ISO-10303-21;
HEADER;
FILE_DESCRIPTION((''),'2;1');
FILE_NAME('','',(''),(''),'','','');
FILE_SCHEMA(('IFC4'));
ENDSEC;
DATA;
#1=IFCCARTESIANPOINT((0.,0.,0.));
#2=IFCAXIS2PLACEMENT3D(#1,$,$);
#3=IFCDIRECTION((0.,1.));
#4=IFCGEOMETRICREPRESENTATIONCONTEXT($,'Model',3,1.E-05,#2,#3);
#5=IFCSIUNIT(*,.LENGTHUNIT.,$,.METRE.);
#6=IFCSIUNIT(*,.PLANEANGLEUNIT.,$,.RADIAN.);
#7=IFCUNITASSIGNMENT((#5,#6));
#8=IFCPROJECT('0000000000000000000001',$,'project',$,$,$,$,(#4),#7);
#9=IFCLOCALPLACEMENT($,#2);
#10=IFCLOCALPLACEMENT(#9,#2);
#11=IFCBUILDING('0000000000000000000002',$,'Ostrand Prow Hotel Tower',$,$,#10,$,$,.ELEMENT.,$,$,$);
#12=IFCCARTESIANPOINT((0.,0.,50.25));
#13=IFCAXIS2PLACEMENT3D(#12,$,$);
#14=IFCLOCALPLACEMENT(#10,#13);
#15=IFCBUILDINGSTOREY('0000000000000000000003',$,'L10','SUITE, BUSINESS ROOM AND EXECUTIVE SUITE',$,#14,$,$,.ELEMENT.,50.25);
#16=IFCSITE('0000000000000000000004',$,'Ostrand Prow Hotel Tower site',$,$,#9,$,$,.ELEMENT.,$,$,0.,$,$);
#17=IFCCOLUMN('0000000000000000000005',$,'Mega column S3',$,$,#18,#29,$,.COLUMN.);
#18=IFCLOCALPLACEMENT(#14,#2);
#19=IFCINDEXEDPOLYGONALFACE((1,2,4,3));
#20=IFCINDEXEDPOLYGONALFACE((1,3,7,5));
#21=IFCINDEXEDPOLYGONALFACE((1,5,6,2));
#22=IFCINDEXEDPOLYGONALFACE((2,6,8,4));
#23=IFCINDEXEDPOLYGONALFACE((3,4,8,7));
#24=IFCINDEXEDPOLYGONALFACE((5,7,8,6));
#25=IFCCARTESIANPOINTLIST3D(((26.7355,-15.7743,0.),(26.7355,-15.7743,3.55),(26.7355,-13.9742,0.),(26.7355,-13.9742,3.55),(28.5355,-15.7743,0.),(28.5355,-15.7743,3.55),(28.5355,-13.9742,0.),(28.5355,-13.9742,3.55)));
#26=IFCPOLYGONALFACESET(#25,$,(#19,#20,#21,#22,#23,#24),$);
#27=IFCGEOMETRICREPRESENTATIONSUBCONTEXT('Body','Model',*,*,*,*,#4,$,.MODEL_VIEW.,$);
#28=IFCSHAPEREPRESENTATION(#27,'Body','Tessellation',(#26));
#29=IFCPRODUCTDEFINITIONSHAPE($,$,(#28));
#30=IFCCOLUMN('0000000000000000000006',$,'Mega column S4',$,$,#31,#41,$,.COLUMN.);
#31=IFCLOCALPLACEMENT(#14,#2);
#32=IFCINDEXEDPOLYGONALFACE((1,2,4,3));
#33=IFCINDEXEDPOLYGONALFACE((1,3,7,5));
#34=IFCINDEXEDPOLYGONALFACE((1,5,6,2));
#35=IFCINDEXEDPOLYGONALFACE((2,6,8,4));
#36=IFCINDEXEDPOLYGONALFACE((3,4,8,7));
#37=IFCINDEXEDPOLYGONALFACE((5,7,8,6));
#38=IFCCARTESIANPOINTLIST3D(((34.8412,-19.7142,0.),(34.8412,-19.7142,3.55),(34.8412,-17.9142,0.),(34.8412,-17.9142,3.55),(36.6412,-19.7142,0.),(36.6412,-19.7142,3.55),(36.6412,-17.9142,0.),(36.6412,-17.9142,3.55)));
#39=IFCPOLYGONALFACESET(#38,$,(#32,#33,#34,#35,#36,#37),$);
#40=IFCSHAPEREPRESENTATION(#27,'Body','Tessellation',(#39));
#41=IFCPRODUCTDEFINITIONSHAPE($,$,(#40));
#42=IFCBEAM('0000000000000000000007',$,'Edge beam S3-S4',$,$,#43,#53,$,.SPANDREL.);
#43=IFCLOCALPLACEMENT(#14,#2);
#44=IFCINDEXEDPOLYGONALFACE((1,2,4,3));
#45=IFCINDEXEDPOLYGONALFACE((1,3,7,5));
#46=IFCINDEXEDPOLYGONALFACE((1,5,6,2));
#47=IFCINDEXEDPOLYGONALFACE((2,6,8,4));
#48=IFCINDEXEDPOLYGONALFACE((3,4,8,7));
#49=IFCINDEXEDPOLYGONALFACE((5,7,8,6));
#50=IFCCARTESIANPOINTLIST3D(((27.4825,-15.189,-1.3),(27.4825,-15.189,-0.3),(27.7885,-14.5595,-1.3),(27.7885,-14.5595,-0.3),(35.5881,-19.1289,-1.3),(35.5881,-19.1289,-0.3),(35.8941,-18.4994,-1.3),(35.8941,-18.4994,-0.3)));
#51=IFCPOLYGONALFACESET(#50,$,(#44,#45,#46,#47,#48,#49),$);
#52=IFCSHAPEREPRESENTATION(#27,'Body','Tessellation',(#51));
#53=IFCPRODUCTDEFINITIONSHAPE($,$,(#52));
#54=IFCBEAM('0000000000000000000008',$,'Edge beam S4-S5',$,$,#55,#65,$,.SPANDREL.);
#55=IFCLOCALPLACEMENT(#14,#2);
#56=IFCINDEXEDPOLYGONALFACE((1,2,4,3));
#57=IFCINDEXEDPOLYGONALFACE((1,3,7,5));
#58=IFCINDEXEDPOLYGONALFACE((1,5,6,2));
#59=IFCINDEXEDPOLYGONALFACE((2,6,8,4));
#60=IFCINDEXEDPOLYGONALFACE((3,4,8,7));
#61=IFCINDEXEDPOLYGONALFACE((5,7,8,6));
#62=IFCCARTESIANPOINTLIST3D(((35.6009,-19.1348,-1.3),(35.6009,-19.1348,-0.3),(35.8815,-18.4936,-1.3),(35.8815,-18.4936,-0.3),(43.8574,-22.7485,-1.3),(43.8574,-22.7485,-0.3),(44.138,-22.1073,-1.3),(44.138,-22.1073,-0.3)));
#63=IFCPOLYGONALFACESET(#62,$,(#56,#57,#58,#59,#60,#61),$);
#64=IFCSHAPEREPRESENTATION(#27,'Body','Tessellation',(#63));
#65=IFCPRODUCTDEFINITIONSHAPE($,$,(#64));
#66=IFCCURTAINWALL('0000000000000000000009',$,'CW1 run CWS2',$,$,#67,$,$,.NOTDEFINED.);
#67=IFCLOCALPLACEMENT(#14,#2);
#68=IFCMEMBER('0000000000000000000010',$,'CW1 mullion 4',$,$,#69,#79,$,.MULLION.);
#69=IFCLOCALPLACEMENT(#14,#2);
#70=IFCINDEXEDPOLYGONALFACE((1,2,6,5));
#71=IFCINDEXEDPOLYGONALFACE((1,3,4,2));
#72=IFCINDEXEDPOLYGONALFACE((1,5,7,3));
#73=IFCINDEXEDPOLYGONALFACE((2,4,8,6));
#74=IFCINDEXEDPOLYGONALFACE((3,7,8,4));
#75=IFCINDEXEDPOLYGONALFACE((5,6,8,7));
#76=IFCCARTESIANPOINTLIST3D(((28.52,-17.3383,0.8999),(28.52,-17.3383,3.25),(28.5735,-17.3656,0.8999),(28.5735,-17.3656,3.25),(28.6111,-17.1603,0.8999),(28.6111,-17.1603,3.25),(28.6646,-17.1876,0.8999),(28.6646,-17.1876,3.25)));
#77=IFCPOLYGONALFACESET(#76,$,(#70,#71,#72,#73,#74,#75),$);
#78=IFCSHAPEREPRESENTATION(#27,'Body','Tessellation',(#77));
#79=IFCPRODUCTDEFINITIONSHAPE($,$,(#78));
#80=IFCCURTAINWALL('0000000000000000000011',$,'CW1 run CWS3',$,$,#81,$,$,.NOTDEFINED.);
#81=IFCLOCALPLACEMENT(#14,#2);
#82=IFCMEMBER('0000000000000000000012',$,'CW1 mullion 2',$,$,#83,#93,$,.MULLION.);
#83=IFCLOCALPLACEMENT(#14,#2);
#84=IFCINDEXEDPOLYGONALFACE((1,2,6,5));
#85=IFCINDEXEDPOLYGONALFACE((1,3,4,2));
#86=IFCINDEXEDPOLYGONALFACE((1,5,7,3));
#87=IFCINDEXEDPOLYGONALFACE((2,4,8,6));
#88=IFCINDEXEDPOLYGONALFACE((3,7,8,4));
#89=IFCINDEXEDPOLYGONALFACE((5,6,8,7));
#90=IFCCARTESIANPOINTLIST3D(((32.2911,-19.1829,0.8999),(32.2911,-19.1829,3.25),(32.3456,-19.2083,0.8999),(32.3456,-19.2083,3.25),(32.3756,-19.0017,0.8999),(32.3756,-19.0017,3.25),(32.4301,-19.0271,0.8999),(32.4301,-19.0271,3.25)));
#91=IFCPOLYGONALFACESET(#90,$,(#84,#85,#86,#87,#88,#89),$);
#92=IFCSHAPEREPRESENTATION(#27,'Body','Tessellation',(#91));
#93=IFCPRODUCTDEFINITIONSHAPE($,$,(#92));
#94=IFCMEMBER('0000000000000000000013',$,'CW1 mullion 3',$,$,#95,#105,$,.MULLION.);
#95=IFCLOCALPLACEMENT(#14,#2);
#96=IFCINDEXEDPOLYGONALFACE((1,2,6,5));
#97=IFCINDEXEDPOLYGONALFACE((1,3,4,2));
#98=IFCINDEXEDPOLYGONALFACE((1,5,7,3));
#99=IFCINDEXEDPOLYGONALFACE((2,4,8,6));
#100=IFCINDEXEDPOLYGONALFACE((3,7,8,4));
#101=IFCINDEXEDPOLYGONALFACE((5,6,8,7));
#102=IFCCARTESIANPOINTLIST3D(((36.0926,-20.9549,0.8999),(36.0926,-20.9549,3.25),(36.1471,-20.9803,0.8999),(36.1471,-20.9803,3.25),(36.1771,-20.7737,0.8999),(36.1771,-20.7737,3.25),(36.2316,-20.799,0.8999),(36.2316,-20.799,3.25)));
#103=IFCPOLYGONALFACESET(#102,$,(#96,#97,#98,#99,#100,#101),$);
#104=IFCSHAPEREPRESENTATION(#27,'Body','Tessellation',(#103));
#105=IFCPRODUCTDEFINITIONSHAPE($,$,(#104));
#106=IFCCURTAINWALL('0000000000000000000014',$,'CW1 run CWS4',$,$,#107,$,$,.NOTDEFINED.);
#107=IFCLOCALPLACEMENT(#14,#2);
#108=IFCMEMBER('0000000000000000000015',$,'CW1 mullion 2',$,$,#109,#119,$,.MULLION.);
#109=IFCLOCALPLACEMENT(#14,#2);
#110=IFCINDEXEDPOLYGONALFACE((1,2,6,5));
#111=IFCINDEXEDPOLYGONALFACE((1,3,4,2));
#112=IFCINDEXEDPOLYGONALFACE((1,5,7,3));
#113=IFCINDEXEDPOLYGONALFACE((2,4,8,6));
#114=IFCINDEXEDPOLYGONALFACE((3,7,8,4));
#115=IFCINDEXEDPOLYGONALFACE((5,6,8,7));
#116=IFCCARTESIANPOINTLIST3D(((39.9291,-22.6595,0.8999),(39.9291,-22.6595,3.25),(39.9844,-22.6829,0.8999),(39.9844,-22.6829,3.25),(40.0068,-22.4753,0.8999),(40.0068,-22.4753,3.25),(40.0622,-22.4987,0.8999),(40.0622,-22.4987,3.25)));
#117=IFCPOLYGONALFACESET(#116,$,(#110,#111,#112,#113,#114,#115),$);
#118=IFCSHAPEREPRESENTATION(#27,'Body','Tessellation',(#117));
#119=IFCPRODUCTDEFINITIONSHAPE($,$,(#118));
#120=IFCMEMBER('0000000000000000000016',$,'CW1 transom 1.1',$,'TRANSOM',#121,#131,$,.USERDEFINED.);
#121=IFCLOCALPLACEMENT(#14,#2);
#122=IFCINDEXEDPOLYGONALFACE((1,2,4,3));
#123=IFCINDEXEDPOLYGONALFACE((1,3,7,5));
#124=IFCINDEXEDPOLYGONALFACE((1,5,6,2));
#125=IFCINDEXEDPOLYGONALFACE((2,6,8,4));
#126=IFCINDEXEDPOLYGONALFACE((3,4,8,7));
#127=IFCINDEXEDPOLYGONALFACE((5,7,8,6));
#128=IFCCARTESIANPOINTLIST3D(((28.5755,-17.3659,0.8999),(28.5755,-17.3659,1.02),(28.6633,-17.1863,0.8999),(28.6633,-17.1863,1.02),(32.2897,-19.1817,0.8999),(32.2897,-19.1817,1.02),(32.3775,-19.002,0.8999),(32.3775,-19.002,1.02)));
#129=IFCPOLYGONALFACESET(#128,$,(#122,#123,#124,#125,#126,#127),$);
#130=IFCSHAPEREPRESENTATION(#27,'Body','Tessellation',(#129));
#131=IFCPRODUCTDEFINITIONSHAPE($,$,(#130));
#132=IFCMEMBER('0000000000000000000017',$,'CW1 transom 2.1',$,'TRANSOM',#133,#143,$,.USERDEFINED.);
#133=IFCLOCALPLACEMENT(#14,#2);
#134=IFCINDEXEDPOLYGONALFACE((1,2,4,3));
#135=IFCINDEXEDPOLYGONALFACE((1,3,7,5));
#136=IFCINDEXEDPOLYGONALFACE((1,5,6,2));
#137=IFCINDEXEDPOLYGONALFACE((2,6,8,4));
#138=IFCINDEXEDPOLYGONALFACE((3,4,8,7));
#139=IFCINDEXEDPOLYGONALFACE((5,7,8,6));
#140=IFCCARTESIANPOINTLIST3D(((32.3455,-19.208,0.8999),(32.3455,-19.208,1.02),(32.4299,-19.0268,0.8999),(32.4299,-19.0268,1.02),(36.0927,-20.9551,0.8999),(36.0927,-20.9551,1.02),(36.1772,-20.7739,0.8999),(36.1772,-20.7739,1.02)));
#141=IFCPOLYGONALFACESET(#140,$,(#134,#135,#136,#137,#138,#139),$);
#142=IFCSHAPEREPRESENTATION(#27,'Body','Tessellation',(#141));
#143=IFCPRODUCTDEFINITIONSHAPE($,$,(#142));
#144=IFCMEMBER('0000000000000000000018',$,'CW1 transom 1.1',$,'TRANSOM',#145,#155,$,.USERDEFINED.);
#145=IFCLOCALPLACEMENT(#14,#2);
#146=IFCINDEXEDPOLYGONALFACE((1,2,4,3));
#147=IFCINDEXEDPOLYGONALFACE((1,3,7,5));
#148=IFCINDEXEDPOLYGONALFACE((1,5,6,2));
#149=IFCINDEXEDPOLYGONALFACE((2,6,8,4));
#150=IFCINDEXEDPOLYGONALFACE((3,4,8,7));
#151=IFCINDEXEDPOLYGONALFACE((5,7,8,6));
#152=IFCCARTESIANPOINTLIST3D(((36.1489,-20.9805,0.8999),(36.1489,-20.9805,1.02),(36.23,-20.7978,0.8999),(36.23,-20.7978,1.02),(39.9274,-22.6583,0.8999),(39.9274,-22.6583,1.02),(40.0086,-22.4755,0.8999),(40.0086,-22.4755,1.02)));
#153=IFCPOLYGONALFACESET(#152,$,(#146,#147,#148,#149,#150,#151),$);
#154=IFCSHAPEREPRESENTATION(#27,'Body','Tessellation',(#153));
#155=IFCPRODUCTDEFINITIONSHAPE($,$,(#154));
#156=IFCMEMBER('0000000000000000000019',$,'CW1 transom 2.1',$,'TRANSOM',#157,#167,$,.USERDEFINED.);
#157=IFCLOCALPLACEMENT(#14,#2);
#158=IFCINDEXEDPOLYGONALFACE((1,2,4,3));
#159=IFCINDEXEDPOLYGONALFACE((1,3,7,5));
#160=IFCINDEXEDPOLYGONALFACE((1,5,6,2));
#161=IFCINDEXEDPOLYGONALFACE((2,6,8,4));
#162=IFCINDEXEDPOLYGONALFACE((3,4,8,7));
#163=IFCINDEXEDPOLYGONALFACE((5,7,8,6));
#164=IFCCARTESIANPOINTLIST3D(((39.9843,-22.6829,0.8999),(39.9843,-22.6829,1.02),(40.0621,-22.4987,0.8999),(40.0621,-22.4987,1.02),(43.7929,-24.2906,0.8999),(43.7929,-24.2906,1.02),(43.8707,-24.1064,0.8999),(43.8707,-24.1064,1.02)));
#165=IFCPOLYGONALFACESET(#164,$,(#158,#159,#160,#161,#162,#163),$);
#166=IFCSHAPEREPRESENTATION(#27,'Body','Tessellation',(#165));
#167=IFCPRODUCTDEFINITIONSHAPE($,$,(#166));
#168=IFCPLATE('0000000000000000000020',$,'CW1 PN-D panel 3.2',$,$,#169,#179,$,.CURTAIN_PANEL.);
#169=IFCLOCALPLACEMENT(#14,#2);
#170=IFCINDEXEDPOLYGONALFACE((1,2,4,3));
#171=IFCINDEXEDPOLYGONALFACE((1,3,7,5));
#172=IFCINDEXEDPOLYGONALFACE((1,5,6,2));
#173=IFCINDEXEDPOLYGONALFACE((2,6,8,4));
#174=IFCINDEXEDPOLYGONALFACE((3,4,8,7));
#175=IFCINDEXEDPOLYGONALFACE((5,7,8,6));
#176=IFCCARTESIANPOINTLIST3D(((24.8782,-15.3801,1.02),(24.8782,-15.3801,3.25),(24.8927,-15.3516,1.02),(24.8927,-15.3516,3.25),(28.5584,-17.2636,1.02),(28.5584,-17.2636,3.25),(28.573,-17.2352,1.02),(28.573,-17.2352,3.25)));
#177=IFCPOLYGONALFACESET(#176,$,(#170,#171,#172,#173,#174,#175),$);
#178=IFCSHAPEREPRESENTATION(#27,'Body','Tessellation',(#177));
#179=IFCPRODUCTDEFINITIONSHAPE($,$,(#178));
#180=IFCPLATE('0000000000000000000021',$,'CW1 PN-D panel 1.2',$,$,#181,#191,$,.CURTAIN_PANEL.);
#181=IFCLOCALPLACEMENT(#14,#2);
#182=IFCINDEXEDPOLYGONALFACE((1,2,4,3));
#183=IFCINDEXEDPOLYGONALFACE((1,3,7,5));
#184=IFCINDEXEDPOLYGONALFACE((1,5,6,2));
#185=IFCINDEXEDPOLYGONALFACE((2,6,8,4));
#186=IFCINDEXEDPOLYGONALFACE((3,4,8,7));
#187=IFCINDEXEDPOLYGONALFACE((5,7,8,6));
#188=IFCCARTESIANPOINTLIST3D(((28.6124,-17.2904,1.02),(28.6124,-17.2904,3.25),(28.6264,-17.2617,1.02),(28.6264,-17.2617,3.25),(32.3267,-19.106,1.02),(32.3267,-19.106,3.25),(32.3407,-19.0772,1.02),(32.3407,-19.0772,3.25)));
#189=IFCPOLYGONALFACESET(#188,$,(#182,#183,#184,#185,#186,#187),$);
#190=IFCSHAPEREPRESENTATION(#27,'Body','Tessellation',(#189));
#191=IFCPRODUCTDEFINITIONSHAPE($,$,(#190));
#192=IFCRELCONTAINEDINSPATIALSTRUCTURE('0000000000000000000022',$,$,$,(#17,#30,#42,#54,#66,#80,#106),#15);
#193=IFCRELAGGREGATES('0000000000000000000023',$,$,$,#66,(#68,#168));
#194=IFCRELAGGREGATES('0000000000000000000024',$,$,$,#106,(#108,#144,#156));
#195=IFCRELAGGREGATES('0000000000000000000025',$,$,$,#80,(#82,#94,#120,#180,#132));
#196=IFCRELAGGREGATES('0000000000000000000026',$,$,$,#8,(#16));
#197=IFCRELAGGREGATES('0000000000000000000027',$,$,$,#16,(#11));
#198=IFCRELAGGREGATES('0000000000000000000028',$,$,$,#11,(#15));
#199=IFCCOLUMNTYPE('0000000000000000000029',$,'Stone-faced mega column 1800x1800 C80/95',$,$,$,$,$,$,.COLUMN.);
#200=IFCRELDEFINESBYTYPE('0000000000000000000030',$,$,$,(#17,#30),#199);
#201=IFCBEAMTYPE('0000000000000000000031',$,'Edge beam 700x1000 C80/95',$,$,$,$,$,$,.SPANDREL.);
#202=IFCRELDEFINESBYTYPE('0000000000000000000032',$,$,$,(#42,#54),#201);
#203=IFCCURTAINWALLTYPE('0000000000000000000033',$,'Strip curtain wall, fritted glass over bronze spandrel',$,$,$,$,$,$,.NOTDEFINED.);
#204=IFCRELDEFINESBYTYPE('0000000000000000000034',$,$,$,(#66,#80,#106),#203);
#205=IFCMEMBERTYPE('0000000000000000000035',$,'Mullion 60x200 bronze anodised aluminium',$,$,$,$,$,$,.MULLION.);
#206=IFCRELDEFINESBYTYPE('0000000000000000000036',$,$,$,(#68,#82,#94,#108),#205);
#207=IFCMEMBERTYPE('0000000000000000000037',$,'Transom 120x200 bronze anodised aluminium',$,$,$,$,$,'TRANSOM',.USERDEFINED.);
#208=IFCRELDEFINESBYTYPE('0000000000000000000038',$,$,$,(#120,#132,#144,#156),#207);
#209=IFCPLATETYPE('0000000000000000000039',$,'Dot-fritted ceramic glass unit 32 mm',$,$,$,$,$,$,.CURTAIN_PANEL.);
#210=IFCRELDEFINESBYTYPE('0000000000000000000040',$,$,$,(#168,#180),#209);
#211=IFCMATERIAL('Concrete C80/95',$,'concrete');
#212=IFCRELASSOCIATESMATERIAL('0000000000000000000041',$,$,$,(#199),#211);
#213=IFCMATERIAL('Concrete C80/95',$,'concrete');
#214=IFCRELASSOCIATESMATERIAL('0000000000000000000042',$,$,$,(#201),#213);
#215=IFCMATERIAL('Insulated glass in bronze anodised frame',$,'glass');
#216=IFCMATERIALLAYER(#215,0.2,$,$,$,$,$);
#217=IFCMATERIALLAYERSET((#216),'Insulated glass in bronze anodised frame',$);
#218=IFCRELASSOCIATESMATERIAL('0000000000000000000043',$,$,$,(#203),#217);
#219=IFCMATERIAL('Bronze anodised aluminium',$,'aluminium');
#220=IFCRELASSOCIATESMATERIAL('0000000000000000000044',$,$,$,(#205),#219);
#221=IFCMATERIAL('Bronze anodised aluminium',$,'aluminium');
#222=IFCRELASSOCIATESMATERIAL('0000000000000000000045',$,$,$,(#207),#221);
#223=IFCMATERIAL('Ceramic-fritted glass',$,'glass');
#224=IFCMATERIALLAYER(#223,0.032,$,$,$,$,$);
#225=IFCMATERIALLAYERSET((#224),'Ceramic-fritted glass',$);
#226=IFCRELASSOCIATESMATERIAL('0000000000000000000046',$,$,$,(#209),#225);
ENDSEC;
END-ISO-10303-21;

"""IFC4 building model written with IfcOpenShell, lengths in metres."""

from ifc_helpers import new_model, si_unit, direction, frame, origin, origin_2d, place, context, subcontext, project, spatial, rectangle, extrude, material, layer, layer_set, material_profile, profile_set, type_object, element, aggregate, save


model = new_model("IFC4")

# Units and contexts
model_context = context("Model", 3, precision=1e-05, world=origin(), true_north=direction((0.0, 1.0)))
body_context = subcontext(model_context, "Body", "Model", "MODEL_VIEW")
ifc_project = project(units=[si_unit("LENGTHUNIT", "METRE"), si_unit("PLANEANGLEUNIT", "RADIAN")], contexts=[model_context])

# Site, building, storey
site_placement = place(None, origin())
site = spatial("IfcSite", under=ifc_project, at=site_placement, Name="Ostrand Prow Hotel Tower site", CompositionType="ELEMENT", RefElevation=0.0)
building_placement = place(site_placement, origin())
building = spatial("IfcBuilding", under=site, at=building_placement, Name="Ostrand Prow Hotel Tower", CompositionType="ELEMENT")
storey_placement = place(building_placement, frame((0.0, 0.0, 50.25)))
storey = spatial("IfcBuildingStorey", under=building, at=storey_placement, Name="L10", Description="SUITE, BUSINESS ROOM AND EXECUTIVE SUITE", CompositionType="ELEMENT", Elevation=50.25)

# Columns
ifc_material_1 = material(Name="Concrete C80/95", Category="concrete")
ifc_material_profile_1 = material_profile(ifc_material_1, rectangle(XDim=1.8, YDim=1.8, at=origin_2d()), Name="RC 1800x1800")
ifc_profile_set_1 = profile_set([ifc_material_profile_1], Name="Concrete C80/95")
column_type = type_object("IfcColumnType", Name="Stone-faced mega column 1800x1800 C80/95", PredefinedType="COLUMN", material=ifc_profile_set_1)
for number, where, z_axis, x_axis, name in (
    (1, (27.6355, -14.8743, 0.0), (0.0, 0.0, 1.0), (1.0, 0.0, 0.0), "Mega column S3"),
    (2, (35.7412, -18.8142, 0.0), (0.0, 0.0, 1.0), (1.0, 0.0, 0.0), "Mega column S4"),
):
    element("IfcColumn", number, at=place(storey_placement, frame(where, z_axis=z_axis, x_axis=x_axis)), inside=storey, type_object=column_type, Name=name, PredefinedType="COLUMN", context=body_context, shape_type="SweptSolid", body=[
        extrude(rectangle(XDim=1.8, YDim=1.8, at=origin_2d()), origin(), (0.0, 0.0, 1.0), 3.55),
    ])

# Beams
ifc_material_2 = material(Name="Concrete C80/95", Category="concrete")
ifc_material_profile_2 = material_profile(ifc_material_2, rectangle(XDim=0.7, YDim=1.0, at=origin_2d()), Name="RC 700x1000")
ifc_profile_set_2 = profile_set([ifc_material_profile_2], Name="Concrete C80/95")
beam_type = type_object("IfcBeamType", Name="Edge beam 700x1000 C80/95", PredefinedType="SPANDREL", material=ifc_profile_set_2)
beam_1_placement = place(storey_placement, frame((27.6355, -14.8743, -0.8), z_axis=(0.899382, -0.437163, 0.0), x_axis=(0.437163, 0.899382, 0.0)))
element("IfcBeam", 3, at=beam_1_placement, inside=storey, type_object=beam_type, Name="Edge beam S3-S4", PredefinedType="SPANDREL", context=body_context, shape_type="SweptSolid", body=[
    extrude(rectangle(XDim=0.7, YDim=1.0, at=origin_2d()), origin(), (0.0, 0.0, 1.0), 9.0125),
])
beam_2_placement = place(storey_placement, frame((35.7412, -18.8142, -0.8), z_axis=(0.916096, -0.40096, 0.0), x_axis=(0.40096, 0.916096, 0.0)))
element("IfcBeam", 4, at=beam_2_placement, inside=storey, type_object=beam_type, Name="Edge beam S4-S5", PredefinedType="SPANDREL", context=body_context, shape_type="SweptSolid", body=[
    extrude(rectangle(XDim=0.7, YDim=1.0, at=origin_2d()), origin(), (0.0, 0.0, 1.0), 9.0127),
])

# Curtain wall, member
ifc_material_3 = material(Name="Insulated glass in bronze anodised frame", Category="glass")
ifc_layer_1 = layer(ifc_material_3, 0.2)
ifc_layer_set_1 = layer_set([ifc_layer_1], Name="Insulated glass in bronze anodised frame")
curtain_wall_type = type_object("IfcCurtainWallType", Name="Strip curtain wall, fritted glass over bronze spandrel", PredefinedType="NOTDEFINED", material=ifc_layer_set_1)
curtain_wall_1_placement = place(storey_placement, origin())
curtain_wall_1 = element("IfcCurtainWall", 5, at=curtain_wall_1_placement, inside=storey, type_object=curtain_wall_type, Name="CW1 run CWS2", PredefinedType="NOTDEFINED")
ifc_material_4 = material(Name="Bronze anodised aluminium", Category="aluminium")
ifc_material_profile_3 = material_profile(ifc_material_4, rectangle(XDim=0.2, YDim=0.0601, at=origin_2d()), Name="Mullion 60x200 bronze anodised aluminium")
ifc_profile_set_3 = profile_set([ifc_material_profile_3], Name="Bronze anodised aluminium")
member_type_1 = type_object("IfcMemberType", Name="Mullion 60x200 bronze anodised aluminium", PredefinedType="MULLION", material=ifc_profile_set_3)
member_1_placement = place(storey_placement, frame((28.5923, -17.2629, 0.8999), z_axis=(0.0, 0.0, 1.0), x_axis=(0.455596, 0.890187, 0.0)))
member_1 = element("IfcMember", 6, at=member_1_placement, type_object=member_type_1, Name="CW1 mullion 4", PredefinedType="MULLION", context=body_context, shape_type="SweptSolid", body=[
    extrude(rectangle(XDim=0.2, YDim=0.0601, at=origin_2d()), origin(), (0.0, 0.0, 1.0), 2.3501),
])

# Curtain wall, members
curtain_wall_2_placement = place(storey_placement, origin())
curtain_wall_2 = element("IfcCurtainWall", 7, at=curtain_wall_2_placement, inside=storey, type_object=curtain_wall_type, Name="CW1 run CWS3", PredefinedType="NOTDEFINED")
member_2_placement = place(storey_placement, frame((32.3606, -19.105, 0.8999), z_axis=(0.0, 0.0, 1.0), x_axis=(0.42253, 0.906349, 0.0)))
member_2 = element("IfcMember", 8, at=member_2_placement, type_object=member_type_1, Name="CW1 mullion 2", PredefinedType="MULLION", context=body_context, shape_type="SweptSolid", body=[
    extrude(rectangle(XDim=0.2, YDim=0.0601, at=origin_2d()), origin(), (0.0, 0.0, 1.0), 2.3501),
])
member_3_placement = place(storey_placement, frame((36.1621, -20.877, 0.8999), z_axis=(0.0, 0.0, 1.0), x_axis=(0.42253, 0.906349, 0.0)))
member_3 = element("IfcMember", 9, at=member_3_placement, type_object=member_type_1, Name="CW1 mullion 3", PredefinedType="MULLION", context=body_context, shape_type="SweptSolid", body=[
    extrude(rectangle(XDim=0.2, YDim=0.0601, at=origin_2d()), origin(), (0.0, 0.0, 1.0), 2.3501),
])

# Curtain wall, member
curtain_wall_3_placement = place(storey_placement, origin())
curtain_wall_3 = element("IfcCurtainWall", 10, at=curtain_wall_3_placement, inside=storey, type_object=curtain_wall_type, Name="CW1 run CWS4", PredefinedType="NOTDEFINED")
member_4_placement = place(storey_placement, frame((39.9956, -22.5791, 0.8999), z_axis=(0.0, 0.0, 1.0), x_axis=(0.388892, 0.921283, 0.0)))
member_4 = element("IfcMember", 11, at=member_4_placement, type_object=member_type_1, Name="CW1 mullion 2", PredefinedType="MULLION", context=body_context, shape_type="SweptSolid", body=[
    extrude(rectangle(XDim=0.2, YDim=0.0601, at=origin_2d()), origin(), (0.0, 0.0, 1.0), 2.3501),
])

# Members
ifc_material_5 = material(Name="Bronze anodised aluminium", Category="aluminium")
ifc_material_profile_4 = material_profile(ifc_material_5, rectangle(XDim=0.2, YDim=0.1201, at=origin_2d()), Name="Transom 120x200 bronze anodised aluminium")
ifc_profile_set_4 = profile_set([ifc_material_profile_4], Name="Bronze anodised aluminium")
member_type_2 = type_object("IfcMemberType", Name="Transom 120x200 bronze anodised aluminium", ElementType="TRANSOM", PredefinedType="USERDEFINED", material=ifc_profile_set_4)
member_5_placement = place(storey_placement, frame((28.6194, -17.2761, 0.96), z_axis=(0.898395, -0.439188, 0.0), x_axis=(0.439188, 0.898395, 0.0)))
member_5 = element("IfcMember", 12, at=member_5_placement, type_object=member_type_2, Name="CW1 transom 1.1", ObjectType="TRANSOM", PredefinedType="USERDEFINED", context=body_context, shape_type="SweptSolid", body=[
    extrude(rectangle(XDim=0.2, YDim=0.1201, at=origin_2d()), origin(), (0.0, 0.0, 1.0), 4.1343),
])
member_6_placement = place(storey_placement, frame((32.3877, -19.1174, 0.96), z_axis=(0.906338, -0.422552, 0.0), x_axis=(0.422552, 0.906338, 0.0)))
member_6 = element("IfcMember", 13, at=member_6_placement, type_object=member_type_2, Name="CW1 transom 2.1", ObjectType="TRANSOM", PredefinedType="USERDEFINED", context=body_context, shape_type="SweptSolid", body=[
    extrude(rectangle(XDim=0.2, YDim=0.1201, at=origin_2d()), origin(), (0.0, 0.0, 1.0), 4.1345),
])
member_7_placement = place(storey_placement, frame((36.1895, -20.8892, 0.96), z_axis=(0.913958, -0.40581, 0.0), x_axis=(0.40581, 0.913958, 0.0)))
member_7 = element("IfcMember", 14, at=member_7_placement, type_object=member_type_2, Name="CW1 transom 1.1", ObjectType="TRANSOM", PredefinedType="USERDEFINED", context=body_context, shape_type="SweptSolid", body=[
    extrude(rectangle(XDim=0.2, YDim=0.1201, at=origin_2d()), origin(), (0.0, 0.0, 1.0), 4.1343),
])
member_8_placement = place(storey_placement, frame((40.0232, -22.5908, 0.96), z_axis=(0.921285, -0.388888, 0.0), x_axis=(0.388888, 0.921285, 0.0)))
member_8 = element("IfcMember", 15, at=member_8_placement, type_object=member_type_2, Name="CW1 transom 2.1", ObjectType="TRANSOM", PredefinedType="USERDEFINED", context=body_context, shape_type="SweptSolid", body=[
    extrude(rectangle(XDim=0.2, YDim=0.1201, at=origin_2d()), origin(), (0.0, 0.0, 1.0), 4.134),
])

# Plates
ifc_material_6 = material(Name="Ceramic-fritted glass", Category="glass")
ifc_layer_2 = layer(ifc_material_6, 0.032)
ifc_layer_set_2 = layer_set([ifc_layer_2], Name="Ceramic-fritted glass")
plate_type_1 = type_object("IfcPlateType", Name="Dot-fritted ceramic glass unit 32 mm", PredefinedType="CURTAIN_PANEL", material=ifc_layer_set_2)
plate_1_placement = place(storey_placement, frame((26.7256, -16.3076, 1.02), z_axis=(0.0, 0.0, 1.0), x_axis=(0.890187, -0.455596, 0.0)))
plate_1 = element("IfcPlate", 16, at=plate_1_placement, type_object=plate_type_1, Name="CW1 PN-D panel 3.2", PredefinedType="CURTAIN_PANEL", context=body_context, shape_type="SweptSolid", body=[
    extrude(rectangle(XDim=4.1343, YDim=0.032, at=origin_2d()), origin(), (0.0, 0.0, 1.0), 2.23),
])
aggregate(curtain_wall_1, [member_1, plate_1])
plate_2_placement = place(storey_placement, frame((30.4766, -18.1838, 1.02), z_axis=(0.0, 0.0, 1.0), x_axis=(0.89842, -0.439138, 0.0)))
plate_2 = element("IfcPlate", 17, at=plate_2_placement, type_object=plate_type_1, Name="CW1 PN-D panel 1.2", PredefinedType="CURTAIN_PANEL", context=body_context, shape_type="SweptSolid", body=[
    extrude(rectangle(XDim=4.1343, YDim=0.032, at=origin_2d()), origin(), (0.0, 0.0, 1.0), 2.23),
])
aggregate(curtain_wall_3, [member_4, member_7, member_8])
aggregate(curtain_wall_2, [member_2, member_3, member_5, plate_2, member_6])

save(model, "model.ifc")
